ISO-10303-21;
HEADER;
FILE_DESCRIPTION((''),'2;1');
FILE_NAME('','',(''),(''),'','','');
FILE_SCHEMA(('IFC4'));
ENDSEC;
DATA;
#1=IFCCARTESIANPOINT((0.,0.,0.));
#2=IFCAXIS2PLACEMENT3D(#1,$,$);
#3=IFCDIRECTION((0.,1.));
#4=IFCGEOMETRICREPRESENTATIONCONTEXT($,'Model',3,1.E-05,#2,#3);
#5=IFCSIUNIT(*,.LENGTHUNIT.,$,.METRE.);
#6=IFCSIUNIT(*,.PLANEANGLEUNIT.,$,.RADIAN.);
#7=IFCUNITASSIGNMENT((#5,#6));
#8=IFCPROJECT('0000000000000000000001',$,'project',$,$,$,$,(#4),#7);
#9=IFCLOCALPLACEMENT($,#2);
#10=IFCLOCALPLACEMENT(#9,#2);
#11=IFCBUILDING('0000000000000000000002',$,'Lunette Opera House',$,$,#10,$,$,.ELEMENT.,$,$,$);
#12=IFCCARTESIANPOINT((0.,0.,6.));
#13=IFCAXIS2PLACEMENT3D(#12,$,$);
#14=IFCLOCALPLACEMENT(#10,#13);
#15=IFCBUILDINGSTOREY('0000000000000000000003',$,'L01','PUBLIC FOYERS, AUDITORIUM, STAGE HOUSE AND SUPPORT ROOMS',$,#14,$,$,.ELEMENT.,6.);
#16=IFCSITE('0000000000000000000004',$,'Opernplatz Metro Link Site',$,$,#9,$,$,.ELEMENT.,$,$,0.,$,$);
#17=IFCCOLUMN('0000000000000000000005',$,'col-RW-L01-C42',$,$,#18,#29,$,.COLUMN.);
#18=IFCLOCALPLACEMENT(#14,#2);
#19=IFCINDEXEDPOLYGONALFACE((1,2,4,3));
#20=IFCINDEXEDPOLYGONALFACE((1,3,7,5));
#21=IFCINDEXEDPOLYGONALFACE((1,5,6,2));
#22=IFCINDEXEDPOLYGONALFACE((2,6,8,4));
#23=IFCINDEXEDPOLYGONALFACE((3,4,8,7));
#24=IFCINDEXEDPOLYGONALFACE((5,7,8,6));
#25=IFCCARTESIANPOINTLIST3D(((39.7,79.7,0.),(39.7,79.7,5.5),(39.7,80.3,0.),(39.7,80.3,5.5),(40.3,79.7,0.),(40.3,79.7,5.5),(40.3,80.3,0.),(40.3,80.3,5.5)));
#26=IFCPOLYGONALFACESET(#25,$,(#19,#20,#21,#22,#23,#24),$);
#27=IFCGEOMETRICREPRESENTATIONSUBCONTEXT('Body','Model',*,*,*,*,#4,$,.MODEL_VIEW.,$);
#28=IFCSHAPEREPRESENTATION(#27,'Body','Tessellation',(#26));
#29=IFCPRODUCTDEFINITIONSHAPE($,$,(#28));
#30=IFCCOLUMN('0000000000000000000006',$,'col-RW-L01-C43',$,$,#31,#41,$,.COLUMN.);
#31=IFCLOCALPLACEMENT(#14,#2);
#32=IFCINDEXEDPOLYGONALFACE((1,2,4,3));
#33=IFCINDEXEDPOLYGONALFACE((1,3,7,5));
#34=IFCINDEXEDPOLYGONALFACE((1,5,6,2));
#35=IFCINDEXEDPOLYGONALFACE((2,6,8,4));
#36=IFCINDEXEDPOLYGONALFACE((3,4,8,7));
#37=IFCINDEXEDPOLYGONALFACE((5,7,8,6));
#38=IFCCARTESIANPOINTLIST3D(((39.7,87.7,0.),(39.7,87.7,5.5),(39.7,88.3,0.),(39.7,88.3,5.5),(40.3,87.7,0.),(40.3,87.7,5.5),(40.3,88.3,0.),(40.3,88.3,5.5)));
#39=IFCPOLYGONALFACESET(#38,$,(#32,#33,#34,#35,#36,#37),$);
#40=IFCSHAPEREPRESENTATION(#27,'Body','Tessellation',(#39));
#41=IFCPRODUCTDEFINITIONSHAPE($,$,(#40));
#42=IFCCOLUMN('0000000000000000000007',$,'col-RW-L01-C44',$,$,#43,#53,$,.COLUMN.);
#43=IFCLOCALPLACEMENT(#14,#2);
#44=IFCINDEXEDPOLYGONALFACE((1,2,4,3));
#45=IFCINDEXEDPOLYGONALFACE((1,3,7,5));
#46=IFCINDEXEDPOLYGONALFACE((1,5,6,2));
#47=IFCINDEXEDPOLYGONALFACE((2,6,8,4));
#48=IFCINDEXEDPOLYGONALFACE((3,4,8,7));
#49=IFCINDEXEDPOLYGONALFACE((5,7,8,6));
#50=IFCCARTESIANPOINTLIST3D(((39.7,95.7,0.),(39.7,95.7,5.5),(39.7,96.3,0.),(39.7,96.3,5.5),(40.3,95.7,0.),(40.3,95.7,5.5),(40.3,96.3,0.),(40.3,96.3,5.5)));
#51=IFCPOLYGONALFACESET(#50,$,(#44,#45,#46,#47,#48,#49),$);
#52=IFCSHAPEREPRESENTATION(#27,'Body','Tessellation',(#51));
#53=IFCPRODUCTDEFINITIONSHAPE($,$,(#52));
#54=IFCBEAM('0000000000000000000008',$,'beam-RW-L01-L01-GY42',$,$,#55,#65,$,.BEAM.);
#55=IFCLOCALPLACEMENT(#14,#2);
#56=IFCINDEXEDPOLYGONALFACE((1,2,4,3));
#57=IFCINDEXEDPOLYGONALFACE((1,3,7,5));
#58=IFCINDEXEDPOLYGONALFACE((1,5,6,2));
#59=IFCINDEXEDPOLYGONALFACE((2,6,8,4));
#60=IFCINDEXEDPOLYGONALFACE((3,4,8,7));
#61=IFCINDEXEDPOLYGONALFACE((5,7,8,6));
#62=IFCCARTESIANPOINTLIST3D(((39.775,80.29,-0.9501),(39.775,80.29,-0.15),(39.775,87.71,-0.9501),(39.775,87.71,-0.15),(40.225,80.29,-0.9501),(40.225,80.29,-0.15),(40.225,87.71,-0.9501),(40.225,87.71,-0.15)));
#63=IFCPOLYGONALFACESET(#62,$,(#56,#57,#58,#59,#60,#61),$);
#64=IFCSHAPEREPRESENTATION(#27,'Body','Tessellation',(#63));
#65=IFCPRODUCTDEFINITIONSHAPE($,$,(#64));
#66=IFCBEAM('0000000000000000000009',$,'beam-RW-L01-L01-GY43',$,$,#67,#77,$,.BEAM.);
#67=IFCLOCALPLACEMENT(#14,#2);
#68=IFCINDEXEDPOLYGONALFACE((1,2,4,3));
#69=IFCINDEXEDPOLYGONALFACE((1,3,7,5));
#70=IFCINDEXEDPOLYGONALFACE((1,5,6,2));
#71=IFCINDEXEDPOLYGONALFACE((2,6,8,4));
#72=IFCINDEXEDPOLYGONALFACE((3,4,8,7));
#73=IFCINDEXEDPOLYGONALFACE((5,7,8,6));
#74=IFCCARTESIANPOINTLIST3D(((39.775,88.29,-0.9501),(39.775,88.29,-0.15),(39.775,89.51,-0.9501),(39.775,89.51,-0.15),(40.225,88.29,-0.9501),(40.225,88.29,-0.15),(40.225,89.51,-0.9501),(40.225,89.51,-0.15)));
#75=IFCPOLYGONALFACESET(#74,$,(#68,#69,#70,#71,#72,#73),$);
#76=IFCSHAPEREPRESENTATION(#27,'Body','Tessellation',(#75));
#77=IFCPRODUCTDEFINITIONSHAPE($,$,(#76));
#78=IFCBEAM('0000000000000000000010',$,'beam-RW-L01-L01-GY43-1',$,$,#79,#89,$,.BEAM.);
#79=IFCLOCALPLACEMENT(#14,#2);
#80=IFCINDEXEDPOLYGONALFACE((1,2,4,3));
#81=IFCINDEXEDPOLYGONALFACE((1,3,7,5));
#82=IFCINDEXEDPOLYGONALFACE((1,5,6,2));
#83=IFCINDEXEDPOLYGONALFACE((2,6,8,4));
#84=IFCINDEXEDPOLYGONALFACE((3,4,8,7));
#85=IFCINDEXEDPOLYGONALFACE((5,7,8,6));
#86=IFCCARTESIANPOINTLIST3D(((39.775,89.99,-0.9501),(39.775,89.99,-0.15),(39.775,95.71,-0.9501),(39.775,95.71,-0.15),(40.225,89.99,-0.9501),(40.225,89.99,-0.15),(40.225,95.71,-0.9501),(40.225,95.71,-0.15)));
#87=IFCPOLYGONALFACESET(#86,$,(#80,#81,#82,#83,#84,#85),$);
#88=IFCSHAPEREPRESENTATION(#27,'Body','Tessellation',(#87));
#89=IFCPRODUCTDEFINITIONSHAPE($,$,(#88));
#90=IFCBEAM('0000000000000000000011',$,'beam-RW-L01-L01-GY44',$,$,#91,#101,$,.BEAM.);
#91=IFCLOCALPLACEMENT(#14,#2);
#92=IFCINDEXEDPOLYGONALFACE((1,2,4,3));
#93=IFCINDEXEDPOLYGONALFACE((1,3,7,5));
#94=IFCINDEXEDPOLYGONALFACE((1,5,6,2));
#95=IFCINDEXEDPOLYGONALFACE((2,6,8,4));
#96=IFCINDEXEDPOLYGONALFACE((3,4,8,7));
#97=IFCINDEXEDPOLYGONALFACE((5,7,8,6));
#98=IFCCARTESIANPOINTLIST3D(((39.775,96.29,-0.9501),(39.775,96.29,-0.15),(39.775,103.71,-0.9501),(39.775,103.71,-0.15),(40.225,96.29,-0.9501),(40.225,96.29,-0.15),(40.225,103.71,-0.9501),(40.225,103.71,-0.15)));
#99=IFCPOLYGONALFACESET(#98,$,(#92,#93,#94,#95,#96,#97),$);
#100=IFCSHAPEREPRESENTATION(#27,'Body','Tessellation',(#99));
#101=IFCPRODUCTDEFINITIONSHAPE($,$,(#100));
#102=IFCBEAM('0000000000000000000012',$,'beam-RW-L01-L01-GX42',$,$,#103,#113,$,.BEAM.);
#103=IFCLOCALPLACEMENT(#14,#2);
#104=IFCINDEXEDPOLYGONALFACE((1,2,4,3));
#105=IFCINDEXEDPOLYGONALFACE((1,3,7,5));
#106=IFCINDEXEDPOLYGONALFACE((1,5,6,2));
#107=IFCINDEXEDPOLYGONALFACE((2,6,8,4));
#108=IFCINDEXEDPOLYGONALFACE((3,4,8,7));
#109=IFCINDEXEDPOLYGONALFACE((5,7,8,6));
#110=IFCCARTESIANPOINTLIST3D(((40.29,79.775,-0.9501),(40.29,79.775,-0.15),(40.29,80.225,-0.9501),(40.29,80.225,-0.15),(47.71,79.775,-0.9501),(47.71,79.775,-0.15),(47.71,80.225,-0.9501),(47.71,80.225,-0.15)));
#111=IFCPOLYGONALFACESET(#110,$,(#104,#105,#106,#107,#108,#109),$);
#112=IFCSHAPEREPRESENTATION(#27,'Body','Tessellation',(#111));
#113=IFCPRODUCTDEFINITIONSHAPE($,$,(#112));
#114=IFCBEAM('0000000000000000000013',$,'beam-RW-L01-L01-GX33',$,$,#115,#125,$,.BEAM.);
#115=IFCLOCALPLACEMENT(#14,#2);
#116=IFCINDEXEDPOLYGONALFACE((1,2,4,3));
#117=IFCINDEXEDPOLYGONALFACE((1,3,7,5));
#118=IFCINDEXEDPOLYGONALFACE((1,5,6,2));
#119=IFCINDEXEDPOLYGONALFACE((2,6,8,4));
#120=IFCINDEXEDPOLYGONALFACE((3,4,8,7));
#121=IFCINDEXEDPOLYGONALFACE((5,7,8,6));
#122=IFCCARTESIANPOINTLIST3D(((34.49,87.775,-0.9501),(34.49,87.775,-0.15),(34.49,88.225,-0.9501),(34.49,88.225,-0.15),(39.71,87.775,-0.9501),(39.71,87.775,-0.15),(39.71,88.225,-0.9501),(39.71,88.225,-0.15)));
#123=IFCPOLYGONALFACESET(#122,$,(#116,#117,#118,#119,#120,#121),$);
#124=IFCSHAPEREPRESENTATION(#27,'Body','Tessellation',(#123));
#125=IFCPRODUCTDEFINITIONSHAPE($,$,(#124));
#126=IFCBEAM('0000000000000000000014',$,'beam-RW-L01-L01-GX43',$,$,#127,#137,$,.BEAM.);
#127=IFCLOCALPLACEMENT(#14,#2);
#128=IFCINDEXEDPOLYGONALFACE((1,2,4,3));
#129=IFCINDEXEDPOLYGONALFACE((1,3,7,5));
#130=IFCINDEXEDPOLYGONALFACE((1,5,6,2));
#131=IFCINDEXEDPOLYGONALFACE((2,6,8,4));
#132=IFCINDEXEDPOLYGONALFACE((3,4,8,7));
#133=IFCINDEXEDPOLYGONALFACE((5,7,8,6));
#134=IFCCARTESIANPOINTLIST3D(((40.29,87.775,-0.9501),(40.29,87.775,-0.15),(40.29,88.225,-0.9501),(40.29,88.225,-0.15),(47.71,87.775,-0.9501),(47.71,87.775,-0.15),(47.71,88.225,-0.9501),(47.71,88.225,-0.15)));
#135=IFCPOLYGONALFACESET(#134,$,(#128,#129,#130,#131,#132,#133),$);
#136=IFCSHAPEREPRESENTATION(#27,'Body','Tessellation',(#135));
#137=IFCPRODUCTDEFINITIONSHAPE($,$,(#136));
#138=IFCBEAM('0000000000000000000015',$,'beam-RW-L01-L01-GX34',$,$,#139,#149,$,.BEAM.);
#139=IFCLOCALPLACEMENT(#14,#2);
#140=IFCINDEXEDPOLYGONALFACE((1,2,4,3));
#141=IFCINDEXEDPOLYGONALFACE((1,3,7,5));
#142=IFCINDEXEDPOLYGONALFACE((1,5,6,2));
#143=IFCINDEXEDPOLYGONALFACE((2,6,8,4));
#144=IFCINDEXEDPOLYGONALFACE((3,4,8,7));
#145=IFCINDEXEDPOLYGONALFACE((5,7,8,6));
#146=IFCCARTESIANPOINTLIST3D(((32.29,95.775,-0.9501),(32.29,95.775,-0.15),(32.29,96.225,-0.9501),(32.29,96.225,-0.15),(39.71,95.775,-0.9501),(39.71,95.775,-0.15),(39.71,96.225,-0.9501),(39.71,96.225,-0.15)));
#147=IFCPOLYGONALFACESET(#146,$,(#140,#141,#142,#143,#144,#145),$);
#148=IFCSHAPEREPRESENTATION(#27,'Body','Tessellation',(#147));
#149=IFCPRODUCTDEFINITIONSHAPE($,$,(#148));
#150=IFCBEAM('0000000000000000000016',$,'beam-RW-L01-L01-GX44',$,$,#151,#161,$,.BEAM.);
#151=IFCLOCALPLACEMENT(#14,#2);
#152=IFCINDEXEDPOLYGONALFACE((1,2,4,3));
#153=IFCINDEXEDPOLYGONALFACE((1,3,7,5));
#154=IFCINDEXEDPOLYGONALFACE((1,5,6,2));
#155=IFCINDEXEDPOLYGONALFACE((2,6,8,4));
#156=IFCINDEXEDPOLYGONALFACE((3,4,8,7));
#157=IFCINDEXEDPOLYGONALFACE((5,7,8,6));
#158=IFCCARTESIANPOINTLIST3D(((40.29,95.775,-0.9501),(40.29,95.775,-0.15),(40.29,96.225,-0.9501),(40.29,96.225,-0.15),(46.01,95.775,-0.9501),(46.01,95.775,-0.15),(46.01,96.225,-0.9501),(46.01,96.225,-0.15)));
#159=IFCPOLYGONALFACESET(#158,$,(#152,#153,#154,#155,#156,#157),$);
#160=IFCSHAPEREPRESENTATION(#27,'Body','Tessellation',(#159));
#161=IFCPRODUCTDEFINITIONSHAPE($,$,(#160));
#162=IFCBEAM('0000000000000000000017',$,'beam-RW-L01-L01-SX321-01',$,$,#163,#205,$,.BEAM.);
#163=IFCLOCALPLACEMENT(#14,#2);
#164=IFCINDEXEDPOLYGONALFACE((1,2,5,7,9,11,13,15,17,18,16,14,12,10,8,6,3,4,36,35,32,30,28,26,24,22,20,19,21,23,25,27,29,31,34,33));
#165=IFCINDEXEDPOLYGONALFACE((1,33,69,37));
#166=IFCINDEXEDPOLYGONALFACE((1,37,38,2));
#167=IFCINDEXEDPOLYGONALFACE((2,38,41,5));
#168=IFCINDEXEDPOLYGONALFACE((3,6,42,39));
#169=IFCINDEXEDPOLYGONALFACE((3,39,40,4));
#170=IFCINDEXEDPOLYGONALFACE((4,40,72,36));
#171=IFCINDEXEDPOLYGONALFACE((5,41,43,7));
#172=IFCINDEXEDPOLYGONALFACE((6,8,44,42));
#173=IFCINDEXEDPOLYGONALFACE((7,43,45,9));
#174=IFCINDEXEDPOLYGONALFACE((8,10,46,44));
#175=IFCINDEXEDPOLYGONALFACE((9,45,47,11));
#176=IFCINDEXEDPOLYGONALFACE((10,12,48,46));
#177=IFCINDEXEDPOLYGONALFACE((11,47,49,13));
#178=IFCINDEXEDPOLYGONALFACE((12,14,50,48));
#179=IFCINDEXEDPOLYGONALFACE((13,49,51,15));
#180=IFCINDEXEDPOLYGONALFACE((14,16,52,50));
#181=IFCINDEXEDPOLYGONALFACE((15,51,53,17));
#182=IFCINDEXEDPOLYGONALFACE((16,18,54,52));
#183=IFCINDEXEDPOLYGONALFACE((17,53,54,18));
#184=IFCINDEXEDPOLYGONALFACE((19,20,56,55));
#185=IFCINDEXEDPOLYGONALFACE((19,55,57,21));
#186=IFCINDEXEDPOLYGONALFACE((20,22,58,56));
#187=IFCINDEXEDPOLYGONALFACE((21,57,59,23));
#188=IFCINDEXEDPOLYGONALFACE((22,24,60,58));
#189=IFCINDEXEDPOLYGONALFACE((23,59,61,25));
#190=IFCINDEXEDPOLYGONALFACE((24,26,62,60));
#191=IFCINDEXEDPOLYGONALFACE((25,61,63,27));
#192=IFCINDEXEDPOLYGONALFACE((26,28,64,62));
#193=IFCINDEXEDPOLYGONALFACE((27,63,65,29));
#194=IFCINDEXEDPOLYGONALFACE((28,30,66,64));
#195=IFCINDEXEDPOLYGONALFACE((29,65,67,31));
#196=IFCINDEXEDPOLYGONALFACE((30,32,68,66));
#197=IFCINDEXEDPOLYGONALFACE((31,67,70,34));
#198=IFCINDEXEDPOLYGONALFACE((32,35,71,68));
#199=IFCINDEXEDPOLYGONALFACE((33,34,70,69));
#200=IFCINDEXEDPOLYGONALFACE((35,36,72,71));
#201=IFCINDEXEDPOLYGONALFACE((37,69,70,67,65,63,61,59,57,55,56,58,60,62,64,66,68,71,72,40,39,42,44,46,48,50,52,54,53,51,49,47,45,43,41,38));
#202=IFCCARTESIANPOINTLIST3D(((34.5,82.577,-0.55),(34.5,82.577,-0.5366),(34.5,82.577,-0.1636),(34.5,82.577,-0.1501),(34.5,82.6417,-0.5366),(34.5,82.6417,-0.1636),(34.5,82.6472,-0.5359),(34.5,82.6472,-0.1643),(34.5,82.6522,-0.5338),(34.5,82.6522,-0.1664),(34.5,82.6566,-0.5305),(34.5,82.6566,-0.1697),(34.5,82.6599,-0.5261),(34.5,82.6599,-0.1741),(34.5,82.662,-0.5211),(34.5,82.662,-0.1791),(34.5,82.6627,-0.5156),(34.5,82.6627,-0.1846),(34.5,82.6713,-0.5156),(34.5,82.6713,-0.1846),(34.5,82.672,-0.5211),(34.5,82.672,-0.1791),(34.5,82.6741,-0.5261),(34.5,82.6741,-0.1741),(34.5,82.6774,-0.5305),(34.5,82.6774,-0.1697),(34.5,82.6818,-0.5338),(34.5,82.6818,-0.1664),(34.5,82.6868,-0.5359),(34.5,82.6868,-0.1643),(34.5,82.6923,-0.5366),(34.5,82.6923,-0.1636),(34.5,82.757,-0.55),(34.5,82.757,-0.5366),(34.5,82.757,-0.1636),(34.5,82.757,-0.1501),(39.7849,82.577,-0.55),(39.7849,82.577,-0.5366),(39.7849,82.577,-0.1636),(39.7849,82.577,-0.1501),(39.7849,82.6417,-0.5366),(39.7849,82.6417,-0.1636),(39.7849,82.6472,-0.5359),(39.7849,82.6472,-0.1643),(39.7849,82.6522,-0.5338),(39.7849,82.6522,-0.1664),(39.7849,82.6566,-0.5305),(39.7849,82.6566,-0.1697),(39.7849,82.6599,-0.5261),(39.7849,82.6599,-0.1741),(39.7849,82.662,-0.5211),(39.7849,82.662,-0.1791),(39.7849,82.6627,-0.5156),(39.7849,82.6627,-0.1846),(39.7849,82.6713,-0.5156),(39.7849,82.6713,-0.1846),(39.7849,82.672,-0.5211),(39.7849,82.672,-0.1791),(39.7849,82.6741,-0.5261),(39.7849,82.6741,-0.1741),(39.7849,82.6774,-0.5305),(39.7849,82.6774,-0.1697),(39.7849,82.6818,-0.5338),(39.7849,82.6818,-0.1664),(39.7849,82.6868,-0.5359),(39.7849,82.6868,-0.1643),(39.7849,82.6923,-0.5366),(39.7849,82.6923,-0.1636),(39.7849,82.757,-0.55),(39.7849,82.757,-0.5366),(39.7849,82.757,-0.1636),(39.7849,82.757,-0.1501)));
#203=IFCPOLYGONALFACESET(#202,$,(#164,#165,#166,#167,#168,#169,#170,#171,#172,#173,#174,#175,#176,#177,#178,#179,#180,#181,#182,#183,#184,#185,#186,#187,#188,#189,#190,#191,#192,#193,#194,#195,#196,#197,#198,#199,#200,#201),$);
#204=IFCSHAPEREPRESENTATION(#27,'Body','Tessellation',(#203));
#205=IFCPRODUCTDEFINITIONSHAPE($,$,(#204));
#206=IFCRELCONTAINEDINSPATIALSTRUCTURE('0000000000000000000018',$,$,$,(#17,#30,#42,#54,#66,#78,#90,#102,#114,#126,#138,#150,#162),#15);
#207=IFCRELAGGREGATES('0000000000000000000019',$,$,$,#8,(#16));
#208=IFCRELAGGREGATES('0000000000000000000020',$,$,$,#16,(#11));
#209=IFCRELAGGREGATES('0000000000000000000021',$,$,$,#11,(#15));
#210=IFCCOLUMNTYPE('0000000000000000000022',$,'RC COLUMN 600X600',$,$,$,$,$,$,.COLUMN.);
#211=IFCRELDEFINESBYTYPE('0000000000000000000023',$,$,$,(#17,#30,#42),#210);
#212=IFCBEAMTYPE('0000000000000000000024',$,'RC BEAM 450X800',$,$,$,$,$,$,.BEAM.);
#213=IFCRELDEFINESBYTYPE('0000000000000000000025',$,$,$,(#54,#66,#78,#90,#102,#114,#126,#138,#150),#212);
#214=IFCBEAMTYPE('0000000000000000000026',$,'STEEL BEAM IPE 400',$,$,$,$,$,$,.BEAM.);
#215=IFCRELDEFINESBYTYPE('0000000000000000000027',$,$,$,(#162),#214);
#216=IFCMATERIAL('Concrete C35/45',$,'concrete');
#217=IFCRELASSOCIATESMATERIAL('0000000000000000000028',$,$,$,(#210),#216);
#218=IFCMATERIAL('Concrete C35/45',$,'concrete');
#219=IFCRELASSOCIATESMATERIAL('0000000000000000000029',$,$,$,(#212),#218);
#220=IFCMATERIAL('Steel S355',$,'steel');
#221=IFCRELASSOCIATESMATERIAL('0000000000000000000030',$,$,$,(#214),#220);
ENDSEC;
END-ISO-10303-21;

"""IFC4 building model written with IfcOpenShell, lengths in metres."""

from ifc_helpers import new_model, si_unit, direction, frame, origin, origin_2d, place, context, subcontext, project, spatial, rectangle, i_section, extrude, material, material_profile, profile_set, type_object, element, save


model = new_model("IFC4")

# Units and contexts
model_context = context("Model", 3, precision=1e-05, world=origin(), true_north=direction((0.0, 1.0)))
body_context = subcontext(model_context, "Body", "Model", "MODEL_VIEW")
ifc_project = project(units=[si_unit("LENGTHUNIT", "METRE"), si_unit("PLANEANGLEUNIT", "RADIAN")], contexts=[model_context])

# Site, building, storey
site_placement = place(None, origin())
site = spatial("IfcSite", under=ifc_project, at=site_placement, Name="Opernplatz Metro Link Site", CompositionType="ELEMENT", RefElevation=0.0)
building_placement = place(site_placement, origin())
building = spatial("IfcBuilding", under=site, at=building_placement, Name="Lunette Opera House", CompositionType="ELEMENT")
storey_placement = place(building_placement, frame((0.0, 0.0, 6.0)))
storey = spatial("IfcBuildingStorey", under=building, at=storey_placement, Name="L01", Description="PUBLIC FOYERS, AUDITORIUM, STAGE HOUSE AND SUPPORT ROOMS", CompositionType="ELEMENT", Elevation=6.0)

# Columns
ifc_material_1 = material(Name="Concrete C35/45", Category="concrete")
ifc_material_profile_1 = material_profile(ifc_material_1, rectangle(XDim=0.6001, YDim=0.6001, at=origin_2d()), Name="RC COLUMN 600X600")
ifc_profile_set_1 = profile_set([ifc_material_profile_1], Name="Concrete C35/45")
column_type = type_object("IfcColumnType", Name="RC COLUMN 600X600", PredefinedType="COLUMN", material=ifc_profile_set_1)
for number, where, z_axis, x_axis, name in (
    (1, (40.0, 80.0, 0.0), (0.0, 0.0, 1.0), (1.0, 0.0, 0.0), "col-RW-L01-C42"),
    (2, (40.0, 88.0, 0.0), (0.0, 0.0, 1.0), (1.0, 0.0, 0.0), "col-RW-L01-C43"),
    (3, (40.0, 96.0, 0.0), (0.0, 0.0, 1.0), (1.0, 0.0, 0.0), "col-RW-L01-C44"),
):
    element("IfcColumn", number, at=place(storey_placement, frame(where, z_axis=z_axis, x_axis=x_axis)), inside=storey, type_object=column_type, Name=name, PredefinedType="COLUMN", context=body_context, shape_type="SweptSolid", body=[
        extrude(rectangle(XDim=0.6001, YDim=0.6001, at=origin_2d()), origin(), (0.0, 0.0, 1.0), 5.5),
    ])

# Beams
ifc_material_2 = material(Name="Concrete C35/45", Category="concrete")
ifc_material_profile_2 = material_profile(ifc_material_2, rectangle(XDim=0.45, YDim=0.8, at=origin_2d()), Name="RC BEAM 450X800")
ifc_profile_set_2 = profile_set([ifc_material_profile_2], Name="Concrete C35/45")
beam_type_1 = type_object("IfcBeamType", Name="RC BEAM 450X800", PredefinedType="BEAM", material=ifc_profile_set_2)
beam_1_placement = place(storey_placement, frame((40.0, 80.29, -0.55), z_axis=(0.0, 1.0, 0.0), x_axis=(-1.0, 0.0, 0.0)))
element("IfcBeam", 4, at=beam_1_placement, inside=storey, type_object=beam_type_1, Name="beam-RW-L01-L01-GY42", PredefinedType="BEAM", context=body_context, shape_type="SweptSolid", body=[
    extrude(rectangle(XDim=0.45, YDim=0.8, at=origin_2d()), origin(), (0.0, 0.0, 1.0), 7.4199),
])
beam_2_placement = place(storey_placement, frame((40.0, 88.29, -0.55), z_axis=(0.0, 1.0, 0.0), x_axis=(-1.0, 0.0, 0.0)))
element("IfcBeam", 5, at=beam_2_placement, inside=storey, type_object=beam_type_1, Name="beam-RW-L01-L01-GY43", PredefinedType="BEAM", context=body_context, shape_type="SweptSolid", body=[
    extrude(rectangle(XDim=0.45, YDim=0.8, at=origin_2d()), origin(), (0.0, 0.0, 1.0), 1.22),
])
beam_3_placement = place(storey_placement, frame((40.0, 89.99, -0.55), z_axis=(0.0, 1.0, 0.0), x_axis=(-1.0, 0.0, 0.0)))
element("IfcBeam", 6, at=beam_3_placement, inside=storey, type_object=beam_type_1, Name="beam-RW-L01-L01-GY43-1", PredefinedType="BEAM", context=body_context, shape_type="SweptSolid", body=[
    extrude(rectangle(XDim=0.45, YDim=0.8, at=origin_2d()), origin(), (0.0, 0.0, 1.0), 5.72),
])
for number, where, z_axis, x_axis, name in (
    (7, (40.0, 96.29, -0.55), (0.0, 1.0, 0.0), (-1.0, 0.0, 0.0), "beam-RW-L01-L01-GY44"),
    (8, (40.29, 80.0, -0.55), (1.0, 0.0, 0.0), (0.0, 1.0, 0.0), "beam-RW-L01-L01-GX42"),
):
    element("IfcBeam", number, at=place(storey_placement, frame(where, z_axis=z_axis, x_axis=x_axis)), inside=storey, type_object=beam_type_1, Name=name, PredefinedType="BEAM", context=body_context, shape_type="SweptSolid", body=[
        extrude(rectangle(XDim=0.45, YDim=0.8, at=origin_2d()), origin(), (0.0, 0.0, 1.0), 7.4199),
    ])
beam_4_placement = place(storey_placement, frame((34.49, 88.0, -0.55), z_axis=(1.0, 0.0, 0.0), x_axis=(0.0, 1.0, 0.0)))
element("IfcBeam", 9, at=beam_4_placement, inside=storey, type_object=beam_type_1, Name="beam-RW-L01-L01-GX33", PredefinedType="BEAM", context=body_context, shape_type="SweptSolid", body=[
    extrude(rectangle(XDim=0.45, YDim=0.8, at=origin_2d()), origin(), (0.0, 0.0, 1.0), 5.22),
])
for number, where, z_axis, x_axis, name in (
    (10, (40.29, 88.0, -0.55), (1.0, 0.0, 0.0), (0.0, 1.0, 0.0), "beam-RW-L01-L01-GX43"),
    (11, (32.29, 96.0, -0.55), (1.0, 0.0, 0.0), (0.0, 1.0, 0.0), "beam-RW-L01-L01-GX34"),
):
    element("IfcBeam", number, at=place(storey_placement, frame(where, z_axis=z_axis, x_axis=x_axis)), inside=storey, type_object=beam_type_1, Name=name, PredefinedType="BEAM", context=body_context, shape_type="SweptSolid", body=[
        extrude(rectangle(XDim=0.45, YDim=0.8, at=origin_2d()), origin(), (0.0, 0.0, 1.0), 7.4199),
    ])
beam_5_placement = place(storey_placement, frame((40.29, 96.0, -0.55), z_axis=(1.0, 0.0, 0.0), x_axis=(0.0, 1.0, 0.0)))
element("IfcBeam", 12, at=beam_5_placement, inside=storey, type_object=beam_type_1, Name="beam-RW-L01-L01-GX44", PredefinedType="BEAM", context=body_context, shape_type="SweptSolid", body=[
    extrude(rectangle(XDim=0.45, YDim=0.8, at=origin_2d()), origin(), (0.0, 0.0, 1.0), 5.72),
])
ifc_material_3 = material(Name="Steel S355", Category="steel")
ifc_material_profile_3 = material_profile(ifc_material_3, i_section(OverallWidth=0.1799, OverallDepth=0.3999, WebThickness=0.0085, FlangeThickness=0.0134, FilletRadius=0.021, at=origin_2d()), Name="IPE 400")
ifc_profile_set_3 = profile_set([ifc_material_profile_3], Name="Steel S355")
beam_type_2 = type_object("IfcBeamType", Name="STEEL BEAM IPE 400", PredefinedType="BEAM", material=ifc_profile_set_3)
for number, where, z_axis, x_axis, name in (
    (13, (34.5, 82.667, -0.3501), (1.0, 0.0, 0.0), (0.0, 1.0, 0.0), "beam-RW-L01-L01-SX321-01"),
):
    element("IfcBeam", number, at=place(storey_placement, frame(where, z_axis=z_axis, x_axis=x_axis)), inside=storey, type_object=beam_type_2, Name=name, PredefinedType="BEAM", context=body_context, shape_type="SweptSolid", body=[
        extrude(i_section(OverallWidth=0.1799, OverallDepth=0.3999, WebThickness=0.0085, FlangeThickness=0.0134, FilletRadius=0.021, at=origin_2d()), origin(), (0.0, 0.0, 1.0), 5.2849),
    ])

save(model, "model.ifc")
